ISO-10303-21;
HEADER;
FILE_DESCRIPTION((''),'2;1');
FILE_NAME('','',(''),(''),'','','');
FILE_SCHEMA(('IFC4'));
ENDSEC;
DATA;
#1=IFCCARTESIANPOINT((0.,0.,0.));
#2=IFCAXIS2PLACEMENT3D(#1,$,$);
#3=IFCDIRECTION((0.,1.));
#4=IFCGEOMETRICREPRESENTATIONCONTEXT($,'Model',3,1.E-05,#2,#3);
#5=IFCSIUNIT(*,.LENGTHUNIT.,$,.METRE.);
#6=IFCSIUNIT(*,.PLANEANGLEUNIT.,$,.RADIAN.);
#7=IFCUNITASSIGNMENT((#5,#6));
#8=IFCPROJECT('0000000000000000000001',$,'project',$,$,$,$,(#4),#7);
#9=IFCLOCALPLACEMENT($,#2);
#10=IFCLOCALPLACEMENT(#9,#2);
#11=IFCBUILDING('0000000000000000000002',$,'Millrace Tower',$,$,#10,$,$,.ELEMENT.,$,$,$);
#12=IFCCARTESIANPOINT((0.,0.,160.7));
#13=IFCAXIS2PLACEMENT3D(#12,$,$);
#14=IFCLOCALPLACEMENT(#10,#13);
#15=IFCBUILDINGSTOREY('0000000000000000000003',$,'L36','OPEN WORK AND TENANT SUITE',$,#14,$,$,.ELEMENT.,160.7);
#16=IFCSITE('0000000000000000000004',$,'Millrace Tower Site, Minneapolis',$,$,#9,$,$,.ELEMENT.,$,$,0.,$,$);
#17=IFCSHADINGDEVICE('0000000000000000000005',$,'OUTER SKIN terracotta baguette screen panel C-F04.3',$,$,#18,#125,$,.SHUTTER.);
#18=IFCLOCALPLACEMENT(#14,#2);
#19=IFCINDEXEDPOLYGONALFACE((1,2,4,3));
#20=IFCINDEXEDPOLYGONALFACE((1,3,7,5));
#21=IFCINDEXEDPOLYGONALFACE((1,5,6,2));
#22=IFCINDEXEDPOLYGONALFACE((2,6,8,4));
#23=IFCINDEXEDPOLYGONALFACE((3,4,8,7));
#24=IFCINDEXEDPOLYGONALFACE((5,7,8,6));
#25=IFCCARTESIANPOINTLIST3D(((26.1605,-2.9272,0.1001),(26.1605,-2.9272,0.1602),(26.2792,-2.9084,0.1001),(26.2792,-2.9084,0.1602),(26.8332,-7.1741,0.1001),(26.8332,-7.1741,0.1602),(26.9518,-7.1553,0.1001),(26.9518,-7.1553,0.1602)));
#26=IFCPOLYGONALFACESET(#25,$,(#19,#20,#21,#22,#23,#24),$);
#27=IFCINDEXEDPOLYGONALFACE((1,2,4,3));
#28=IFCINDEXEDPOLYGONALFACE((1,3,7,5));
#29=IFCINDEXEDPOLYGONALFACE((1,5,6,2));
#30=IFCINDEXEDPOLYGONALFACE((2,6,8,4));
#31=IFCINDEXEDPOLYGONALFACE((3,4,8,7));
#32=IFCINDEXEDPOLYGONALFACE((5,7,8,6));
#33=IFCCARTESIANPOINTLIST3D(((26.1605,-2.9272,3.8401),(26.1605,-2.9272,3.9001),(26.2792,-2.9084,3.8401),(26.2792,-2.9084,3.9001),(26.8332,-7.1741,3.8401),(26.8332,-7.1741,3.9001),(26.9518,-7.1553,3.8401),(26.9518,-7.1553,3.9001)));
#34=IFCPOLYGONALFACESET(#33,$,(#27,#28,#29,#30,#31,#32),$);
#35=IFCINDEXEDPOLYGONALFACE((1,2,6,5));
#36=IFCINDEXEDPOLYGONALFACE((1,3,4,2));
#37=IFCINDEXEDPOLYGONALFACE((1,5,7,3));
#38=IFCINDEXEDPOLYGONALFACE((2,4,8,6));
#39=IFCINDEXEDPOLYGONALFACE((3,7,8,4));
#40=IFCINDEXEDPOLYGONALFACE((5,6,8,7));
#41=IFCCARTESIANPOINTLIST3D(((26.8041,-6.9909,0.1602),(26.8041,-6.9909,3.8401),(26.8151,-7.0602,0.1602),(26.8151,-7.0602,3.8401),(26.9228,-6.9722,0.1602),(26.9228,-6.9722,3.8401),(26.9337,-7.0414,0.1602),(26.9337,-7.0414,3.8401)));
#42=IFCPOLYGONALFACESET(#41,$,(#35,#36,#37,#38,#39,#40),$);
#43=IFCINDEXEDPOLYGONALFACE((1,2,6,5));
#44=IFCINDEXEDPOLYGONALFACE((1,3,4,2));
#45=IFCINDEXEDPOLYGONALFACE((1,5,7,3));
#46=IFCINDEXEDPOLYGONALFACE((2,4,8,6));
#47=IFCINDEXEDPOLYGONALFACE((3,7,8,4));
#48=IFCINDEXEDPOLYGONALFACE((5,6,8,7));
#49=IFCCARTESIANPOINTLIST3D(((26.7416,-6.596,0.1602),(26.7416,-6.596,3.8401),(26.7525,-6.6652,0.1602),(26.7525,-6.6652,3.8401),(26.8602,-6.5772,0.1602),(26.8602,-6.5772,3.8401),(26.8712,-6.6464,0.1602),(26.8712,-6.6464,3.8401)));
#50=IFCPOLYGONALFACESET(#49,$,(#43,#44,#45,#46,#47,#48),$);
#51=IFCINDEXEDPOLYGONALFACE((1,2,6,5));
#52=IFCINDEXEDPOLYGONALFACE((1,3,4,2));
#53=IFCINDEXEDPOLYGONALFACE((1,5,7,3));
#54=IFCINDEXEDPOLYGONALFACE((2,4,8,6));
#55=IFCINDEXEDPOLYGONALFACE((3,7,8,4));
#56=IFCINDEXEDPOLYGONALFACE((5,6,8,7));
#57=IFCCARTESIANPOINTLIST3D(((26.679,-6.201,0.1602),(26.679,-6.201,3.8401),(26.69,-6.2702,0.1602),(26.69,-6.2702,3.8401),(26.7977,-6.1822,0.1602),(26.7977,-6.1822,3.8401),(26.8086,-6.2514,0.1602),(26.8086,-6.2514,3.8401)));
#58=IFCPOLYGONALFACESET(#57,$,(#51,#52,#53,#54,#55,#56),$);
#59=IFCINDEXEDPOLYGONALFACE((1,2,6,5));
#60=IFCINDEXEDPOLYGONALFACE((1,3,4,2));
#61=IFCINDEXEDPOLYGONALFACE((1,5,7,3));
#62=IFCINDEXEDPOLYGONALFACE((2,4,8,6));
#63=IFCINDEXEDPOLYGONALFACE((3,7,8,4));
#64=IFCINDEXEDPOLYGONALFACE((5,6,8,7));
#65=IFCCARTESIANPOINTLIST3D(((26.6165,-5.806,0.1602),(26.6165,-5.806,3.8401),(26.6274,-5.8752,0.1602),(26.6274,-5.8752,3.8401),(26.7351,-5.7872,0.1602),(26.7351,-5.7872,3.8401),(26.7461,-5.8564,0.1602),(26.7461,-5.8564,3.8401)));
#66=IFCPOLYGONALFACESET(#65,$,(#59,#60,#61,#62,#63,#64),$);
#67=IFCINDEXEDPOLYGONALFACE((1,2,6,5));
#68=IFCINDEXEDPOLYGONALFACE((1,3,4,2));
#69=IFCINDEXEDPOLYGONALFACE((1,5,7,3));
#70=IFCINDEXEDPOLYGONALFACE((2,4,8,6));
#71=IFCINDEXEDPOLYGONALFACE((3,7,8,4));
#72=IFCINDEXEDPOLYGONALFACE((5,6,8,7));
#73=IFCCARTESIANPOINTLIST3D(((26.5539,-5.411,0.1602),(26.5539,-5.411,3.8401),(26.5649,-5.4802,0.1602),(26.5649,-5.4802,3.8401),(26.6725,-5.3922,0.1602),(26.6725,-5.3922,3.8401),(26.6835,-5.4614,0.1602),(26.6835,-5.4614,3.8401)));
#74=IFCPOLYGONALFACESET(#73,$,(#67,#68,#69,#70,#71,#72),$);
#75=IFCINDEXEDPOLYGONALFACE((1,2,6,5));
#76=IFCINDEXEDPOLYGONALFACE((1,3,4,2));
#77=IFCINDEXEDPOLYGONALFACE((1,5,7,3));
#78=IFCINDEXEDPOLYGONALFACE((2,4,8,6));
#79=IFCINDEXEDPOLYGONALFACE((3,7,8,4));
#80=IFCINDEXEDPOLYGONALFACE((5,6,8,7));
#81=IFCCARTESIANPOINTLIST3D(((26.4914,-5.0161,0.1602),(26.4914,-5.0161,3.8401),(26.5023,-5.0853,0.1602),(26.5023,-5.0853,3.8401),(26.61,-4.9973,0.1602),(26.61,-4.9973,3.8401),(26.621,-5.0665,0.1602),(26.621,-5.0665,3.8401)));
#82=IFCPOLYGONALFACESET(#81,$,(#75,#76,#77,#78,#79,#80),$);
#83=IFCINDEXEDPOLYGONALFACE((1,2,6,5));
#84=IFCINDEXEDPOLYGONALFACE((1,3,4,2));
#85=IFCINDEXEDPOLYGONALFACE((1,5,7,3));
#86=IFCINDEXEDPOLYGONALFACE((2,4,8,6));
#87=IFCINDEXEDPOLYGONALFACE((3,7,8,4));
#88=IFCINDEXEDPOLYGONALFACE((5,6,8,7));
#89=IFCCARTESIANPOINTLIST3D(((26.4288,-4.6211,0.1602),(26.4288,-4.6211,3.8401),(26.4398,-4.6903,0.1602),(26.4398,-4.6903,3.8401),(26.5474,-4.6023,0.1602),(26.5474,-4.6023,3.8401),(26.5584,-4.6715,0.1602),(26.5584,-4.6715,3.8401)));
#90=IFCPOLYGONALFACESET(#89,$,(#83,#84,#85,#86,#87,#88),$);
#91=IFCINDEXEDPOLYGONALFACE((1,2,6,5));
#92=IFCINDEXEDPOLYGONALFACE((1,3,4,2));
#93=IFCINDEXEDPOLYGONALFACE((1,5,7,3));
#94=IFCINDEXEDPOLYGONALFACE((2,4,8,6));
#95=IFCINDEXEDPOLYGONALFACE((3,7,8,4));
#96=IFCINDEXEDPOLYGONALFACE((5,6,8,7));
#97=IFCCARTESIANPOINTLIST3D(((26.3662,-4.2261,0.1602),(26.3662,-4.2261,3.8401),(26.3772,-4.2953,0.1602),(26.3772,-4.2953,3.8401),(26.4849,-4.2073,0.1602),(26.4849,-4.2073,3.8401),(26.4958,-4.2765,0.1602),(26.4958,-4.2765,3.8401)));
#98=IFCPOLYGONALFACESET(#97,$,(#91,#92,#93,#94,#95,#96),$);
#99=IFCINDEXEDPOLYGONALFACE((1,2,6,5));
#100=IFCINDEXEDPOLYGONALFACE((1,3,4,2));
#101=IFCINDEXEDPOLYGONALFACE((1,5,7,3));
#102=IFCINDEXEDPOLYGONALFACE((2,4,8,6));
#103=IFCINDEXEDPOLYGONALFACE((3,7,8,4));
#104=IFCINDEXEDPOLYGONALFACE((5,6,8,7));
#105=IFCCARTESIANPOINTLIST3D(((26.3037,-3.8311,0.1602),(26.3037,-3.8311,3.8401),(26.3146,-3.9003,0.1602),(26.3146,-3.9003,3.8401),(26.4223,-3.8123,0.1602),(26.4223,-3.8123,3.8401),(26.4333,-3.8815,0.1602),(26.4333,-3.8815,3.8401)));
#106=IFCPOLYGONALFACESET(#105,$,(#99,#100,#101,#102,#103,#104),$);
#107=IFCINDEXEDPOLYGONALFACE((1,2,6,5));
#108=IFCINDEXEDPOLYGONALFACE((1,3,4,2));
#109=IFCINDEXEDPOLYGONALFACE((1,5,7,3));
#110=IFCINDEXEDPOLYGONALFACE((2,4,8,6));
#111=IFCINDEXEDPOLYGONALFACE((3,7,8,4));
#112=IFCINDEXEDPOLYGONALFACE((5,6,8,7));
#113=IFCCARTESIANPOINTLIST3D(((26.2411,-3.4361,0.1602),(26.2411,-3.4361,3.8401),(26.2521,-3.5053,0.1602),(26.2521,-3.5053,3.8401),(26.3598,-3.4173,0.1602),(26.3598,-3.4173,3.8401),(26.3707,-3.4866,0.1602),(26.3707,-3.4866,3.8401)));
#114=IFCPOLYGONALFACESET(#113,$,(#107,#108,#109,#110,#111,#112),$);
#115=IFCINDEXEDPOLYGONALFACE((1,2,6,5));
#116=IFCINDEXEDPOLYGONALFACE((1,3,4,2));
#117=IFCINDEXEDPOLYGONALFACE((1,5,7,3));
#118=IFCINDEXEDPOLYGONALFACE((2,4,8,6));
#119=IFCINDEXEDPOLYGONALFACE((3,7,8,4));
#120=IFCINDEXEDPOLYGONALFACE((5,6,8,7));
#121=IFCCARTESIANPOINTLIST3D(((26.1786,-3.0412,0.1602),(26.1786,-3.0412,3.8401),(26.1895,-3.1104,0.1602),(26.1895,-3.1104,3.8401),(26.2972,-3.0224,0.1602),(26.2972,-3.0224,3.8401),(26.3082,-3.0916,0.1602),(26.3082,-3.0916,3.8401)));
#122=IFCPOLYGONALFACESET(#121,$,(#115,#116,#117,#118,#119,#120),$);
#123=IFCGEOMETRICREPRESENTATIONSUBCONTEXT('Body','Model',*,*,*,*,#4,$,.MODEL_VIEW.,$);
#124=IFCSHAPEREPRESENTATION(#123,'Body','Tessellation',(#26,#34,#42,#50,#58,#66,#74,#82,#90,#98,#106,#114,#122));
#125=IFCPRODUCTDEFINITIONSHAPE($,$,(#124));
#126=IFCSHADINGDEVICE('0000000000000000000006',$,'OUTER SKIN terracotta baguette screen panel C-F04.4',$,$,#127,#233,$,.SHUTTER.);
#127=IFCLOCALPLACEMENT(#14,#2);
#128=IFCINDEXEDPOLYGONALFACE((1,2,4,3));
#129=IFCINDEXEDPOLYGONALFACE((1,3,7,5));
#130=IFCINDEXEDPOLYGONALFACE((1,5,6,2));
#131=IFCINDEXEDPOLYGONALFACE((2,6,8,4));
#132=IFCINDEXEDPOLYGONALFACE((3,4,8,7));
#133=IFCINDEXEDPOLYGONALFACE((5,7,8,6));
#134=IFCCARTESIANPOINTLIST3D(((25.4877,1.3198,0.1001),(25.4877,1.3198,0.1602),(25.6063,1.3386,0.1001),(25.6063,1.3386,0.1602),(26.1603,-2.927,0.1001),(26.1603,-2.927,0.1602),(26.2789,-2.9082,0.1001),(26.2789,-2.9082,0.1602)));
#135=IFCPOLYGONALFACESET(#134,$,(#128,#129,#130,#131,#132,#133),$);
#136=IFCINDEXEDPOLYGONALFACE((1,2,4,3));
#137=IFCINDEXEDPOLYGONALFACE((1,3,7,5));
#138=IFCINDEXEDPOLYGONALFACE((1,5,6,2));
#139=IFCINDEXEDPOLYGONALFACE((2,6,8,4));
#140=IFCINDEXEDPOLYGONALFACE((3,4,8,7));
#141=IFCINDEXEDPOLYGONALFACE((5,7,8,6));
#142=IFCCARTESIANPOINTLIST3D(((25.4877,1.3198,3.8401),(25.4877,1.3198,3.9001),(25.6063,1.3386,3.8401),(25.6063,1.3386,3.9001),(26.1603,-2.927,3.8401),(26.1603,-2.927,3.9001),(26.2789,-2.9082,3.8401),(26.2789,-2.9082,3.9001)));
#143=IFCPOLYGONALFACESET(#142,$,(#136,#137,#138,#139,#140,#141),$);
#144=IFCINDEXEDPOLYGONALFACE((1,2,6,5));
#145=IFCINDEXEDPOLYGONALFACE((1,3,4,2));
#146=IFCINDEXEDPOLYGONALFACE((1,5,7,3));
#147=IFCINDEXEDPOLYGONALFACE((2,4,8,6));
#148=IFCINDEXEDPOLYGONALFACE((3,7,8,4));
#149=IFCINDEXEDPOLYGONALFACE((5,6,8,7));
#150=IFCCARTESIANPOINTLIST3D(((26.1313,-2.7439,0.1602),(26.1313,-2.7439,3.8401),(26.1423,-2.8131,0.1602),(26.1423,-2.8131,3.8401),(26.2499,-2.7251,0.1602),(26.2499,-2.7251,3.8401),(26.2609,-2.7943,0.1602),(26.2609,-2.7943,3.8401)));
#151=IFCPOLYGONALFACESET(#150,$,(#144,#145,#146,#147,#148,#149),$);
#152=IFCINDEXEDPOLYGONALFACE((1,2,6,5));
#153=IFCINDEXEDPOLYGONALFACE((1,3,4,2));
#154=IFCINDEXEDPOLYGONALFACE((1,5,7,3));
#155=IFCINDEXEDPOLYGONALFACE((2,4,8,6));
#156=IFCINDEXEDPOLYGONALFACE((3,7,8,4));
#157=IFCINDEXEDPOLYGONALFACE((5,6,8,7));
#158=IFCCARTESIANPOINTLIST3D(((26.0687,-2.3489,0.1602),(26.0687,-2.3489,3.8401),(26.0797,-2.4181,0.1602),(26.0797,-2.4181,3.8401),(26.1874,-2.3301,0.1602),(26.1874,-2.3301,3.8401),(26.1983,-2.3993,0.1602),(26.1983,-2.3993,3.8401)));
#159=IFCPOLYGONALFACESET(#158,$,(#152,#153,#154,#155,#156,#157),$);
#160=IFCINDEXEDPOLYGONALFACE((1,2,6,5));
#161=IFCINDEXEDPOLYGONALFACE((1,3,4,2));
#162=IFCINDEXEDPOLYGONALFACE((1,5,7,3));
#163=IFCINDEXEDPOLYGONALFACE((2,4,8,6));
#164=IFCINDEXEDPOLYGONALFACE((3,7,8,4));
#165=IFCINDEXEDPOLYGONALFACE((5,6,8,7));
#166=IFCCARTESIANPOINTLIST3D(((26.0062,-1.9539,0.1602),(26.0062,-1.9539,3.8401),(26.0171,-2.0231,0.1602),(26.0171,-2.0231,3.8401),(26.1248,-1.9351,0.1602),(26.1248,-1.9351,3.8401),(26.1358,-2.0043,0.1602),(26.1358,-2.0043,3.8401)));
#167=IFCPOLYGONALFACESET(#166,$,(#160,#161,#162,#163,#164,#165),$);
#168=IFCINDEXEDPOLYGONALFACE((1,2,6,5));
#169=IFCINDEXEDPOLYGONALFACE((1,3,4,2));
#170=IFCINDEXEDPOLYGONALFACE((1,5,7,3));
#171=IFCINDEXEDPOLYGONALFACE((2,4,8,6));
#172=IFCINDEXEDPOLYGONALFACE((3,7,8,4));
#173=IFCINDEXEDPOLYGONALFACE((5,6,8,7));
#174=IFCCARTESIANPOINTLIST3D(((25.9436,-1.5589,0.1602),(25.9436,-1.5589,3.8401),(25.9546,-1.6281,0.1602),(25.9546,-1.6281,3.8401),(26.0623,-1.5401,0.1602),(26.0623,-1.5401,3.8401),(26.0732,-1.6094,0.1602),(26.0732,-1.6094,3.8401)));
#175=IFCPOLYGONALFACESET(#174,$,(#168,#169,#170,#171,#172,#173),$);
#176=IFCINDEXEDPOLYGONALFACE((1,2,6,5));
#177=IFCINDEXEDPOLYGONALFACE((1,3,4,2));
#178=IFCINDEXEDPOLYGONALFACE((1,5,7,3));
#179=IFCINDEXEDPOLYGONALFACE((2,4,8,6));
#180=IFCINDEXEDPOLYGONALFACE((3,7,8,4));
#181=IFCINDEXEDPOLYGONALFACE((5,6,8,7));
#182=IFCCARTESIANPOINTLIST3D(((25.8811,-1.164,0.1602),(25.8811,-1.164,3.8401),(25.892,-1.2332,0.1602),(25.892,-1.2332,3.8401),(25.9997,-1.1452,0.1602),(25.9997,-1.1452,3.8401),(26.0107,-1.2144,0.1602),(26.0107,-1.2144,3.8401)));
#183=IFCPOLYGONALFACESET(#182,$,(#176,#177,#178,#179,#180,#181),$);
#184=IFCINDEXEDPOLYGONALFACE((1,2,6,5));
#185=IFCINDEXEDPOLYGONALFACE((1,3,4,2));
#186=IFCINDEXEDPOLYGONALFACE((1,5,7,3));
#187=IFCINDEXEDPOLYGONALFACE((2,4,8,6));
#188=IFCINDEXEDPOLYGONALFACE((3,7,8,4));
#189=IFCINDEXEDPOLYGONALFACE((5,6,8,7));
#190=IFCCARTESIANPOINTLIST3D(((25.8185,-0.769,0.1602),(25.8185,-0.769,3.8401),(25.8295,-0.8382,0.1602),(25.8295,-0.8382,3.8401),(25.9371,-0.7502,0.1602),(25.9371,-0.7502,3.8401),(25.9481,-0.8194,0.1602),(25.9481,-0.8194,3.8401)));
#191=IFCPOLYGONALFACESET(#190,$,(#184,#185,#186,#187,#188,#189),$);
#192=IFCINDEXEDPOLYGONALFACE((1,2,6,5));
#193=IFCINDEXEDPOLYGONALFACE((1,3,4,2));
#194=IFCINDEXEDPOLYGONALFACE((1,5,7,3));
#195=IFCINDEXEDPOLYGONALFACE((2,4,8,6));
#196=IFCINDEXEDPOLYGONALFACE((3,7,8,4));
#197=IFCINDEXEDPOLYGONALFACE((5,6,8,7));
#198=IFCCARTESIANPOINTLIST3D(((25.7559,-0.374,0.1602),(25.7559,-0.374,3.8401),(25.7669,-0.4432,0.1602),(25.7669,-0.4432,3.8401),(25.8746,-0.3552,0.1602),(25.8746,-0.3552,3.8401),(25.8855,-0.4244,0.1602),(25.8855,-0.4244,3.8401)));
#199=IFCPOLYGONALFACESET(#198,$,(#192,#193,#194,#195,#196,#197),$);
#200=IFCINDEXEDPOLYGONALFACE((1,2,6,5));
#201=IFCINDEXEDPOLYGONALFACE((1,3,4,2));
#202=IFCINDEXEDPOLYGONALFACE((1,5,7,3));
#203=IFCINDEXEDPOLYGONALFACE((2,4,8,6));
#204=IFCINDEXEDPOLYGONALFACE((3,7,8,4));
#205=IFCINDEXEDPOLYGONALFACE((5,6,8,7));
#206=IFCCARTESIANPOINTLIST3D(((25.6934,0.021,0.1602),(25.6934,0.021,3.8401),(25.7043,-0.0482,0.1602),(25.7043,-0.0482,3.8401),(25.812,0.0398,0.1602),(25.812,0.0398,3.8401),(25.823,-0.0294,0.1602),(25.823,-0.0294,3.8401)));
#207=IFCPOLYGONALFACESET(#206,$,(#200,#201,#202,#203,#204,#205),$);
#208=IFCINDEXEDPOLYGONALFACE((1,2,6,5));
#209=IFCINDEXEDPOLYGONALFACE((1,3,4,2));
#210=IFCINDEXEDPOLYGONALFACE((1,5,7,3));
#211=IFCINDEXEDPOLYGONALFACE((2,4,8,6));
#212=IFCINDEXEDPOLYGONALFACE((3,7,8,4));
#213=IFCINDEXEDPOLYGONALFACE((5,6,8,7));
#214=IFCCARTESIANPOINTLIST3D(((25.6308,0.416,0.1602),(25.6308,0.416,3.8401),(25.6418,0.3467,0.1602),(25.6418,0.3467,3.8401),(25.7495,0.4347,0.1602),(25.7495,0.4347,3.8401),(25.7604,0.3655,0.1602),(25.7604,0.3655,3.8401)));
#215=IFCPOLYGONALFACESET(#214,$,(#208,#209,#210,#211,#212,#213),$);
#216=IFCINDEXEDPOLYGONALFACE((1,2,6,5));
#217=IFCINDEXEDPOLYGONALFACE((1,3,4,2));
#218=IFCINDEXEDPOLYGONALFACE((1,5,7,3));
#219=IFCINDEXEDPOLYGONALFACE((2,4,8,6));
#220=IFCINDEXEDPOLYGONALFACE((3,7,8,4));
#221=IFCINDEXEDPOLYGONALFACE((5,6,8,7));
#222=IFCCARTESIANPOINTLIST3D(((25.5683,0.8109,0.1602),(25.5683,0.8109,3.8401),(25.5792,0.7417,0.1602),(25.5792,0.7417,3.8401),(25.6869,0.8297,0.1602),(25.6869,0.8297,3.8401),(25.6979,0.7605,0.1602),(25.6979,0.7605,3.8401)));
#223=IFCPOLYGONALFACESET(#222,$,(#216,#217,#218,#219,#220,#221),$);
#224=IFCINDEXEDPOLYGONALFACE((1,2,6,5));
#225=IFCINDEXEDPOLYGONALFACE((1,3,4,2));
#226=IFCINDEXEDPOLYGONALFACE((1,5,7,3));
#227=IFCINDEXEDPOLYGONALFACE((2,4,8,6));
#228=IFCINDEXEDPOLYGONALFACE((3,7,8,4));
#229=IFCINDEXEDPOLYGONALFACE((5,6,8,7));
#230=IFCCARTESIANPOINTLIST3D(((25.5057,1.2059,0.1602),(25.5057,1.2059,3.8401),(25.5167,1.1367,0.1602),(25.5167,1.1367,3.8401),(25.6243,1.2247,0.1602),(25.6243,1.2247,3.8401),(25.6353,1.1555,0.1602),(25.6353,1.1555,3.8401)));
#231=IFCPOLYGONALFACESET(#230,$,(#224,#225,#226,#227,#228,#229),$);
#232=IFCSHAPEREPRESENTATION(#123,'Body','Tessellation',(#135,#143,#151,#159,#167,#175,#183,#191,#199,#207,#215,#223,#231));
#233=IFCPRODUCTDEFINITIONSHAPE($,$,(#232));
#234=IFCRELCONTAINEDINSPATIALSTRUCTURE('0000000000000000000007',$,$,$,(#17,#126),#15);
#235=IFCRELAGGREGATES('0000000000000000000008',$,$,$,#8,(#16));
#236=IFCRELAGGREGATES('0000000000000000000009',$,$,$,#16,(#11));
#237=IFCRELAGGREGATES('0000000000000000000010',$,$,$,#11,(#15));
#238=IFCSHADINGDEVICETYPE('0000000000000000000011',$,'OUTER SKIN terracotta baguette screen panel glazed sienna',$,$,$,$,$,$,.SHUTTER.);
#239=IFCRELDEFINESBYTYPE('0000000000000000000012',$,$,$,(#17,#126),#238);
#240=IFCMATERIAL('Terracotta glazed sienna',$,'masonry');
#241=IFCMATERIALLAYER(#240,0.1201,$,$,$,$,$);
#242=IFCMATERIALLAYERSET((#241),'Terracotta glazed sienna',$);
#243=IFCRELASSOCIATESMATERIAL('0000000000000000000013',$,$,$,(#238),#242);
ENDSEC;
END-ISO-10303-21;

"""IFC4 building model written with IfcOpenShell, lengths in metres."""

from ifc_helpers import new_model, entity, si_unit, direction, frame, frame_2d, origin, origin_2d, place, context, subcontext, project, spatial, rectangle, extrude, source, transform, mapped, material, layer, layer_set, type_object, element, save


model = new_model("IFC4")

# Units and contexts
model_context = context("Model", 3, precision=1e-05, world=origin(), true_north=direction((0.0, 1.0)))
body_context = subcontext(model_context, "Body", "Model", "MODEL_VIEW")
ifc_project = project(units=[si_unit("LENGTHUNIT", "METRE"), si_unit("PLANEANGLEUNIT", "RADIAN")], contexts=[model_context])

# Site, building, storey
site_placement = place(None, origin())
site = spatial("IfcSite", under=ifc_project, at=site_placement, Name="Millrace Tower Site, Minneapolis", CompositionType="ELEMENT", RefElevation=0.0)
building_placement = place(site_placement, origin())
building = spatial("IfcBuilding", under=site, at=building_placement, Name="Millrace Tower", CompositionType="ELEMENT")
storey_placement = place(building_placement, frame((0.0, 0.0, 160.7)))
storey = spatial("IfcBuildingStorey", under=building, at=storey_placement, Name="L36", Description="OPEN WORK AND TENANT SUITE", CompositionType="ELEMENT", Elevation=160.7)

# Shading devices
ifc_material_1 = material(Name="Terracotta glazed sienna", Category="masonry")
ifc_layer_1 = layer(ifc_material_1, 0.1201)
ifc_layer_set_1 = layer_set([ifc_layer_1], Name="Terracotta glazed sienna")
shading_device_type = type_object("IfcShadingDeviceType", Name="OUTER SKIN terracotta baguette screen panel glazed sienna", PredefinedType="SHUTTER", material=ifc_layer_set_1)
cartesian_point = entity("IfcCartesianPoint", [-2.1499, 0.0601])
shared_polyline = entity("IfcPolyline", [cartesian_point, entity("IfcCartesianPoint", [2.1499, 0.0601]), entity("IfcCartesianPoint", [2.1499, -0.0601]), entity("IfcCartesianPoint", [-2.1499, -0.0601]), cartesian_point])
shared_shape = source(origin(), body_context, "Body", "SweptSolid", [
    entity("IfcExtrudedAreaSolid", entity("IfcArbitraryClosedProfileDef", "AREA", None, shared_polyline), entity("IfcAxis2Placement3D", entity("IfcCartesianPoint", [0.0, 0.0, 0.0])), entity("IfcDirection", [0.0, 0.0, 1.0]), 0.0601),
    entity("IfcExtrudedAreaSolid", entity("IfcArbitraryClosedProfileDef", "AREA", None, shared_polyline), entity("IfcAxis2Placement3D", entity("IfcCartesianPoint", [0.0, 0.0, 3.74])), entity("IfcDirection", [0.0, 0.0, 1.0]), 0.0601),
    extrude(rectangle(XDim=0.0701, YDim=0.1201, at=frame_2d((-1.9995, 0.0))), frame((0.0, 0.0, 0.0601)), (0.0, 0.0, 1.0), 3.6799),
    extrude(rectangle(XDim=0.0701, YDim=0.1201, at=frame_2d((-1.5996, 0.0))), frame((0.0, 0.0, 0.0601)), (0.0, 0.0, 1.0), 3.6799),
    extrude(rectangle(XDim=0.0701, YDim=0.1201, at=frame_2d((-1.1997, 0.0))), frame((0.0, 0.0, 0.0601)), (0.0, 0.0, 1.0), 3.6799),
    extrude(rectangle(XDim=0.0701, YDim=0.1201, at=frame_2d((-0.7998, 0.0))), frame((0.0, 0.0, 0.0601)), (0.0, 0.0, 1.0), 3.6799),
    extrude(rectangle(XDim=0.0701, YDim=0.1201, at=frame_2d((-0.3999, 0.0))), frame((0.0, 0.0, 0.0601)), (0.0, 0.0, 1.0), 3.6799),
    extrude(rectangle(XDim=0.0701, YDim=0.1201, at=origin_2d()), frame((0.0, 0.0, 0.0601)), (0.0, 0.0, 1.0), 3.6799),
    extrude(rectangle(XDim=0.0701, YDim=0.1201, at=frame_2d((0.3999, 0.0))), frame((0.0, 0.0, 0.0601)), (0.0, 0.0, 1.0), 3.6799),
    extrude(rectangle(XDim=0.0701, YDim=0.1201, at=frame_2d((0.7998, 0.0))), frame((0.0, 0.0, 0.0601)), (0.0, 0.0, 1.0), 3.6799),
    extrude(rectangle(XDim=0.0701, YDim=0.1201, at=frame_2d((1.1997, 0.0))), frame((0.0, 0.0, 0.0601)), (0.0, 0.0, 1.0), 3.6799),
    extrude(rectangle(XDim=0.0701, YDim=0.1201, at=frame_2d((1.5996, 0.0))), frame((0.0, 0.0, 0.0601)), (0.0, 0.0, 1.0), 3.6799),
    extrude(rectangle(XDim=0.0701, YDim=0.1201, at=frame_2d((1.9995, 0.0))), frame((0.0, 0.0, 0.0601)), (0.0, 0.0, 1.0), 3.6799),
])
for number, where, z_axis, x_axis, name in (
    (1, (26.5562, -5.0413, 0.1001), (0.0, 0.0, 1.0), (-0.156434, 0.987688, 0.0), "OUTER SKIN terracotta baguette screen panel C-F04.3"),
    (2, (25.8833, -0.7942, 0.1001), (0.0, 0.0, 1.0), (-0.156434, 0.987688, 0.0), "OUTER SKIN terracotta baguette screen panel C-F04.4"),
):
    element("IfcShadingDevice", number, at=place(storey_placement, frame(where, z_axis=z_axis, x_axis=x_axis)), inside=storey, type_object=shading_device_type, Name=name, PredefinedType="SHUTTER", context=body_context, shape_type="MappedRepresentation", body=[
        mapped(shared_shape, transform((0.0, 0.0, 0.0), scale=1.0)),
    ])

save(model, "model.ifc")
